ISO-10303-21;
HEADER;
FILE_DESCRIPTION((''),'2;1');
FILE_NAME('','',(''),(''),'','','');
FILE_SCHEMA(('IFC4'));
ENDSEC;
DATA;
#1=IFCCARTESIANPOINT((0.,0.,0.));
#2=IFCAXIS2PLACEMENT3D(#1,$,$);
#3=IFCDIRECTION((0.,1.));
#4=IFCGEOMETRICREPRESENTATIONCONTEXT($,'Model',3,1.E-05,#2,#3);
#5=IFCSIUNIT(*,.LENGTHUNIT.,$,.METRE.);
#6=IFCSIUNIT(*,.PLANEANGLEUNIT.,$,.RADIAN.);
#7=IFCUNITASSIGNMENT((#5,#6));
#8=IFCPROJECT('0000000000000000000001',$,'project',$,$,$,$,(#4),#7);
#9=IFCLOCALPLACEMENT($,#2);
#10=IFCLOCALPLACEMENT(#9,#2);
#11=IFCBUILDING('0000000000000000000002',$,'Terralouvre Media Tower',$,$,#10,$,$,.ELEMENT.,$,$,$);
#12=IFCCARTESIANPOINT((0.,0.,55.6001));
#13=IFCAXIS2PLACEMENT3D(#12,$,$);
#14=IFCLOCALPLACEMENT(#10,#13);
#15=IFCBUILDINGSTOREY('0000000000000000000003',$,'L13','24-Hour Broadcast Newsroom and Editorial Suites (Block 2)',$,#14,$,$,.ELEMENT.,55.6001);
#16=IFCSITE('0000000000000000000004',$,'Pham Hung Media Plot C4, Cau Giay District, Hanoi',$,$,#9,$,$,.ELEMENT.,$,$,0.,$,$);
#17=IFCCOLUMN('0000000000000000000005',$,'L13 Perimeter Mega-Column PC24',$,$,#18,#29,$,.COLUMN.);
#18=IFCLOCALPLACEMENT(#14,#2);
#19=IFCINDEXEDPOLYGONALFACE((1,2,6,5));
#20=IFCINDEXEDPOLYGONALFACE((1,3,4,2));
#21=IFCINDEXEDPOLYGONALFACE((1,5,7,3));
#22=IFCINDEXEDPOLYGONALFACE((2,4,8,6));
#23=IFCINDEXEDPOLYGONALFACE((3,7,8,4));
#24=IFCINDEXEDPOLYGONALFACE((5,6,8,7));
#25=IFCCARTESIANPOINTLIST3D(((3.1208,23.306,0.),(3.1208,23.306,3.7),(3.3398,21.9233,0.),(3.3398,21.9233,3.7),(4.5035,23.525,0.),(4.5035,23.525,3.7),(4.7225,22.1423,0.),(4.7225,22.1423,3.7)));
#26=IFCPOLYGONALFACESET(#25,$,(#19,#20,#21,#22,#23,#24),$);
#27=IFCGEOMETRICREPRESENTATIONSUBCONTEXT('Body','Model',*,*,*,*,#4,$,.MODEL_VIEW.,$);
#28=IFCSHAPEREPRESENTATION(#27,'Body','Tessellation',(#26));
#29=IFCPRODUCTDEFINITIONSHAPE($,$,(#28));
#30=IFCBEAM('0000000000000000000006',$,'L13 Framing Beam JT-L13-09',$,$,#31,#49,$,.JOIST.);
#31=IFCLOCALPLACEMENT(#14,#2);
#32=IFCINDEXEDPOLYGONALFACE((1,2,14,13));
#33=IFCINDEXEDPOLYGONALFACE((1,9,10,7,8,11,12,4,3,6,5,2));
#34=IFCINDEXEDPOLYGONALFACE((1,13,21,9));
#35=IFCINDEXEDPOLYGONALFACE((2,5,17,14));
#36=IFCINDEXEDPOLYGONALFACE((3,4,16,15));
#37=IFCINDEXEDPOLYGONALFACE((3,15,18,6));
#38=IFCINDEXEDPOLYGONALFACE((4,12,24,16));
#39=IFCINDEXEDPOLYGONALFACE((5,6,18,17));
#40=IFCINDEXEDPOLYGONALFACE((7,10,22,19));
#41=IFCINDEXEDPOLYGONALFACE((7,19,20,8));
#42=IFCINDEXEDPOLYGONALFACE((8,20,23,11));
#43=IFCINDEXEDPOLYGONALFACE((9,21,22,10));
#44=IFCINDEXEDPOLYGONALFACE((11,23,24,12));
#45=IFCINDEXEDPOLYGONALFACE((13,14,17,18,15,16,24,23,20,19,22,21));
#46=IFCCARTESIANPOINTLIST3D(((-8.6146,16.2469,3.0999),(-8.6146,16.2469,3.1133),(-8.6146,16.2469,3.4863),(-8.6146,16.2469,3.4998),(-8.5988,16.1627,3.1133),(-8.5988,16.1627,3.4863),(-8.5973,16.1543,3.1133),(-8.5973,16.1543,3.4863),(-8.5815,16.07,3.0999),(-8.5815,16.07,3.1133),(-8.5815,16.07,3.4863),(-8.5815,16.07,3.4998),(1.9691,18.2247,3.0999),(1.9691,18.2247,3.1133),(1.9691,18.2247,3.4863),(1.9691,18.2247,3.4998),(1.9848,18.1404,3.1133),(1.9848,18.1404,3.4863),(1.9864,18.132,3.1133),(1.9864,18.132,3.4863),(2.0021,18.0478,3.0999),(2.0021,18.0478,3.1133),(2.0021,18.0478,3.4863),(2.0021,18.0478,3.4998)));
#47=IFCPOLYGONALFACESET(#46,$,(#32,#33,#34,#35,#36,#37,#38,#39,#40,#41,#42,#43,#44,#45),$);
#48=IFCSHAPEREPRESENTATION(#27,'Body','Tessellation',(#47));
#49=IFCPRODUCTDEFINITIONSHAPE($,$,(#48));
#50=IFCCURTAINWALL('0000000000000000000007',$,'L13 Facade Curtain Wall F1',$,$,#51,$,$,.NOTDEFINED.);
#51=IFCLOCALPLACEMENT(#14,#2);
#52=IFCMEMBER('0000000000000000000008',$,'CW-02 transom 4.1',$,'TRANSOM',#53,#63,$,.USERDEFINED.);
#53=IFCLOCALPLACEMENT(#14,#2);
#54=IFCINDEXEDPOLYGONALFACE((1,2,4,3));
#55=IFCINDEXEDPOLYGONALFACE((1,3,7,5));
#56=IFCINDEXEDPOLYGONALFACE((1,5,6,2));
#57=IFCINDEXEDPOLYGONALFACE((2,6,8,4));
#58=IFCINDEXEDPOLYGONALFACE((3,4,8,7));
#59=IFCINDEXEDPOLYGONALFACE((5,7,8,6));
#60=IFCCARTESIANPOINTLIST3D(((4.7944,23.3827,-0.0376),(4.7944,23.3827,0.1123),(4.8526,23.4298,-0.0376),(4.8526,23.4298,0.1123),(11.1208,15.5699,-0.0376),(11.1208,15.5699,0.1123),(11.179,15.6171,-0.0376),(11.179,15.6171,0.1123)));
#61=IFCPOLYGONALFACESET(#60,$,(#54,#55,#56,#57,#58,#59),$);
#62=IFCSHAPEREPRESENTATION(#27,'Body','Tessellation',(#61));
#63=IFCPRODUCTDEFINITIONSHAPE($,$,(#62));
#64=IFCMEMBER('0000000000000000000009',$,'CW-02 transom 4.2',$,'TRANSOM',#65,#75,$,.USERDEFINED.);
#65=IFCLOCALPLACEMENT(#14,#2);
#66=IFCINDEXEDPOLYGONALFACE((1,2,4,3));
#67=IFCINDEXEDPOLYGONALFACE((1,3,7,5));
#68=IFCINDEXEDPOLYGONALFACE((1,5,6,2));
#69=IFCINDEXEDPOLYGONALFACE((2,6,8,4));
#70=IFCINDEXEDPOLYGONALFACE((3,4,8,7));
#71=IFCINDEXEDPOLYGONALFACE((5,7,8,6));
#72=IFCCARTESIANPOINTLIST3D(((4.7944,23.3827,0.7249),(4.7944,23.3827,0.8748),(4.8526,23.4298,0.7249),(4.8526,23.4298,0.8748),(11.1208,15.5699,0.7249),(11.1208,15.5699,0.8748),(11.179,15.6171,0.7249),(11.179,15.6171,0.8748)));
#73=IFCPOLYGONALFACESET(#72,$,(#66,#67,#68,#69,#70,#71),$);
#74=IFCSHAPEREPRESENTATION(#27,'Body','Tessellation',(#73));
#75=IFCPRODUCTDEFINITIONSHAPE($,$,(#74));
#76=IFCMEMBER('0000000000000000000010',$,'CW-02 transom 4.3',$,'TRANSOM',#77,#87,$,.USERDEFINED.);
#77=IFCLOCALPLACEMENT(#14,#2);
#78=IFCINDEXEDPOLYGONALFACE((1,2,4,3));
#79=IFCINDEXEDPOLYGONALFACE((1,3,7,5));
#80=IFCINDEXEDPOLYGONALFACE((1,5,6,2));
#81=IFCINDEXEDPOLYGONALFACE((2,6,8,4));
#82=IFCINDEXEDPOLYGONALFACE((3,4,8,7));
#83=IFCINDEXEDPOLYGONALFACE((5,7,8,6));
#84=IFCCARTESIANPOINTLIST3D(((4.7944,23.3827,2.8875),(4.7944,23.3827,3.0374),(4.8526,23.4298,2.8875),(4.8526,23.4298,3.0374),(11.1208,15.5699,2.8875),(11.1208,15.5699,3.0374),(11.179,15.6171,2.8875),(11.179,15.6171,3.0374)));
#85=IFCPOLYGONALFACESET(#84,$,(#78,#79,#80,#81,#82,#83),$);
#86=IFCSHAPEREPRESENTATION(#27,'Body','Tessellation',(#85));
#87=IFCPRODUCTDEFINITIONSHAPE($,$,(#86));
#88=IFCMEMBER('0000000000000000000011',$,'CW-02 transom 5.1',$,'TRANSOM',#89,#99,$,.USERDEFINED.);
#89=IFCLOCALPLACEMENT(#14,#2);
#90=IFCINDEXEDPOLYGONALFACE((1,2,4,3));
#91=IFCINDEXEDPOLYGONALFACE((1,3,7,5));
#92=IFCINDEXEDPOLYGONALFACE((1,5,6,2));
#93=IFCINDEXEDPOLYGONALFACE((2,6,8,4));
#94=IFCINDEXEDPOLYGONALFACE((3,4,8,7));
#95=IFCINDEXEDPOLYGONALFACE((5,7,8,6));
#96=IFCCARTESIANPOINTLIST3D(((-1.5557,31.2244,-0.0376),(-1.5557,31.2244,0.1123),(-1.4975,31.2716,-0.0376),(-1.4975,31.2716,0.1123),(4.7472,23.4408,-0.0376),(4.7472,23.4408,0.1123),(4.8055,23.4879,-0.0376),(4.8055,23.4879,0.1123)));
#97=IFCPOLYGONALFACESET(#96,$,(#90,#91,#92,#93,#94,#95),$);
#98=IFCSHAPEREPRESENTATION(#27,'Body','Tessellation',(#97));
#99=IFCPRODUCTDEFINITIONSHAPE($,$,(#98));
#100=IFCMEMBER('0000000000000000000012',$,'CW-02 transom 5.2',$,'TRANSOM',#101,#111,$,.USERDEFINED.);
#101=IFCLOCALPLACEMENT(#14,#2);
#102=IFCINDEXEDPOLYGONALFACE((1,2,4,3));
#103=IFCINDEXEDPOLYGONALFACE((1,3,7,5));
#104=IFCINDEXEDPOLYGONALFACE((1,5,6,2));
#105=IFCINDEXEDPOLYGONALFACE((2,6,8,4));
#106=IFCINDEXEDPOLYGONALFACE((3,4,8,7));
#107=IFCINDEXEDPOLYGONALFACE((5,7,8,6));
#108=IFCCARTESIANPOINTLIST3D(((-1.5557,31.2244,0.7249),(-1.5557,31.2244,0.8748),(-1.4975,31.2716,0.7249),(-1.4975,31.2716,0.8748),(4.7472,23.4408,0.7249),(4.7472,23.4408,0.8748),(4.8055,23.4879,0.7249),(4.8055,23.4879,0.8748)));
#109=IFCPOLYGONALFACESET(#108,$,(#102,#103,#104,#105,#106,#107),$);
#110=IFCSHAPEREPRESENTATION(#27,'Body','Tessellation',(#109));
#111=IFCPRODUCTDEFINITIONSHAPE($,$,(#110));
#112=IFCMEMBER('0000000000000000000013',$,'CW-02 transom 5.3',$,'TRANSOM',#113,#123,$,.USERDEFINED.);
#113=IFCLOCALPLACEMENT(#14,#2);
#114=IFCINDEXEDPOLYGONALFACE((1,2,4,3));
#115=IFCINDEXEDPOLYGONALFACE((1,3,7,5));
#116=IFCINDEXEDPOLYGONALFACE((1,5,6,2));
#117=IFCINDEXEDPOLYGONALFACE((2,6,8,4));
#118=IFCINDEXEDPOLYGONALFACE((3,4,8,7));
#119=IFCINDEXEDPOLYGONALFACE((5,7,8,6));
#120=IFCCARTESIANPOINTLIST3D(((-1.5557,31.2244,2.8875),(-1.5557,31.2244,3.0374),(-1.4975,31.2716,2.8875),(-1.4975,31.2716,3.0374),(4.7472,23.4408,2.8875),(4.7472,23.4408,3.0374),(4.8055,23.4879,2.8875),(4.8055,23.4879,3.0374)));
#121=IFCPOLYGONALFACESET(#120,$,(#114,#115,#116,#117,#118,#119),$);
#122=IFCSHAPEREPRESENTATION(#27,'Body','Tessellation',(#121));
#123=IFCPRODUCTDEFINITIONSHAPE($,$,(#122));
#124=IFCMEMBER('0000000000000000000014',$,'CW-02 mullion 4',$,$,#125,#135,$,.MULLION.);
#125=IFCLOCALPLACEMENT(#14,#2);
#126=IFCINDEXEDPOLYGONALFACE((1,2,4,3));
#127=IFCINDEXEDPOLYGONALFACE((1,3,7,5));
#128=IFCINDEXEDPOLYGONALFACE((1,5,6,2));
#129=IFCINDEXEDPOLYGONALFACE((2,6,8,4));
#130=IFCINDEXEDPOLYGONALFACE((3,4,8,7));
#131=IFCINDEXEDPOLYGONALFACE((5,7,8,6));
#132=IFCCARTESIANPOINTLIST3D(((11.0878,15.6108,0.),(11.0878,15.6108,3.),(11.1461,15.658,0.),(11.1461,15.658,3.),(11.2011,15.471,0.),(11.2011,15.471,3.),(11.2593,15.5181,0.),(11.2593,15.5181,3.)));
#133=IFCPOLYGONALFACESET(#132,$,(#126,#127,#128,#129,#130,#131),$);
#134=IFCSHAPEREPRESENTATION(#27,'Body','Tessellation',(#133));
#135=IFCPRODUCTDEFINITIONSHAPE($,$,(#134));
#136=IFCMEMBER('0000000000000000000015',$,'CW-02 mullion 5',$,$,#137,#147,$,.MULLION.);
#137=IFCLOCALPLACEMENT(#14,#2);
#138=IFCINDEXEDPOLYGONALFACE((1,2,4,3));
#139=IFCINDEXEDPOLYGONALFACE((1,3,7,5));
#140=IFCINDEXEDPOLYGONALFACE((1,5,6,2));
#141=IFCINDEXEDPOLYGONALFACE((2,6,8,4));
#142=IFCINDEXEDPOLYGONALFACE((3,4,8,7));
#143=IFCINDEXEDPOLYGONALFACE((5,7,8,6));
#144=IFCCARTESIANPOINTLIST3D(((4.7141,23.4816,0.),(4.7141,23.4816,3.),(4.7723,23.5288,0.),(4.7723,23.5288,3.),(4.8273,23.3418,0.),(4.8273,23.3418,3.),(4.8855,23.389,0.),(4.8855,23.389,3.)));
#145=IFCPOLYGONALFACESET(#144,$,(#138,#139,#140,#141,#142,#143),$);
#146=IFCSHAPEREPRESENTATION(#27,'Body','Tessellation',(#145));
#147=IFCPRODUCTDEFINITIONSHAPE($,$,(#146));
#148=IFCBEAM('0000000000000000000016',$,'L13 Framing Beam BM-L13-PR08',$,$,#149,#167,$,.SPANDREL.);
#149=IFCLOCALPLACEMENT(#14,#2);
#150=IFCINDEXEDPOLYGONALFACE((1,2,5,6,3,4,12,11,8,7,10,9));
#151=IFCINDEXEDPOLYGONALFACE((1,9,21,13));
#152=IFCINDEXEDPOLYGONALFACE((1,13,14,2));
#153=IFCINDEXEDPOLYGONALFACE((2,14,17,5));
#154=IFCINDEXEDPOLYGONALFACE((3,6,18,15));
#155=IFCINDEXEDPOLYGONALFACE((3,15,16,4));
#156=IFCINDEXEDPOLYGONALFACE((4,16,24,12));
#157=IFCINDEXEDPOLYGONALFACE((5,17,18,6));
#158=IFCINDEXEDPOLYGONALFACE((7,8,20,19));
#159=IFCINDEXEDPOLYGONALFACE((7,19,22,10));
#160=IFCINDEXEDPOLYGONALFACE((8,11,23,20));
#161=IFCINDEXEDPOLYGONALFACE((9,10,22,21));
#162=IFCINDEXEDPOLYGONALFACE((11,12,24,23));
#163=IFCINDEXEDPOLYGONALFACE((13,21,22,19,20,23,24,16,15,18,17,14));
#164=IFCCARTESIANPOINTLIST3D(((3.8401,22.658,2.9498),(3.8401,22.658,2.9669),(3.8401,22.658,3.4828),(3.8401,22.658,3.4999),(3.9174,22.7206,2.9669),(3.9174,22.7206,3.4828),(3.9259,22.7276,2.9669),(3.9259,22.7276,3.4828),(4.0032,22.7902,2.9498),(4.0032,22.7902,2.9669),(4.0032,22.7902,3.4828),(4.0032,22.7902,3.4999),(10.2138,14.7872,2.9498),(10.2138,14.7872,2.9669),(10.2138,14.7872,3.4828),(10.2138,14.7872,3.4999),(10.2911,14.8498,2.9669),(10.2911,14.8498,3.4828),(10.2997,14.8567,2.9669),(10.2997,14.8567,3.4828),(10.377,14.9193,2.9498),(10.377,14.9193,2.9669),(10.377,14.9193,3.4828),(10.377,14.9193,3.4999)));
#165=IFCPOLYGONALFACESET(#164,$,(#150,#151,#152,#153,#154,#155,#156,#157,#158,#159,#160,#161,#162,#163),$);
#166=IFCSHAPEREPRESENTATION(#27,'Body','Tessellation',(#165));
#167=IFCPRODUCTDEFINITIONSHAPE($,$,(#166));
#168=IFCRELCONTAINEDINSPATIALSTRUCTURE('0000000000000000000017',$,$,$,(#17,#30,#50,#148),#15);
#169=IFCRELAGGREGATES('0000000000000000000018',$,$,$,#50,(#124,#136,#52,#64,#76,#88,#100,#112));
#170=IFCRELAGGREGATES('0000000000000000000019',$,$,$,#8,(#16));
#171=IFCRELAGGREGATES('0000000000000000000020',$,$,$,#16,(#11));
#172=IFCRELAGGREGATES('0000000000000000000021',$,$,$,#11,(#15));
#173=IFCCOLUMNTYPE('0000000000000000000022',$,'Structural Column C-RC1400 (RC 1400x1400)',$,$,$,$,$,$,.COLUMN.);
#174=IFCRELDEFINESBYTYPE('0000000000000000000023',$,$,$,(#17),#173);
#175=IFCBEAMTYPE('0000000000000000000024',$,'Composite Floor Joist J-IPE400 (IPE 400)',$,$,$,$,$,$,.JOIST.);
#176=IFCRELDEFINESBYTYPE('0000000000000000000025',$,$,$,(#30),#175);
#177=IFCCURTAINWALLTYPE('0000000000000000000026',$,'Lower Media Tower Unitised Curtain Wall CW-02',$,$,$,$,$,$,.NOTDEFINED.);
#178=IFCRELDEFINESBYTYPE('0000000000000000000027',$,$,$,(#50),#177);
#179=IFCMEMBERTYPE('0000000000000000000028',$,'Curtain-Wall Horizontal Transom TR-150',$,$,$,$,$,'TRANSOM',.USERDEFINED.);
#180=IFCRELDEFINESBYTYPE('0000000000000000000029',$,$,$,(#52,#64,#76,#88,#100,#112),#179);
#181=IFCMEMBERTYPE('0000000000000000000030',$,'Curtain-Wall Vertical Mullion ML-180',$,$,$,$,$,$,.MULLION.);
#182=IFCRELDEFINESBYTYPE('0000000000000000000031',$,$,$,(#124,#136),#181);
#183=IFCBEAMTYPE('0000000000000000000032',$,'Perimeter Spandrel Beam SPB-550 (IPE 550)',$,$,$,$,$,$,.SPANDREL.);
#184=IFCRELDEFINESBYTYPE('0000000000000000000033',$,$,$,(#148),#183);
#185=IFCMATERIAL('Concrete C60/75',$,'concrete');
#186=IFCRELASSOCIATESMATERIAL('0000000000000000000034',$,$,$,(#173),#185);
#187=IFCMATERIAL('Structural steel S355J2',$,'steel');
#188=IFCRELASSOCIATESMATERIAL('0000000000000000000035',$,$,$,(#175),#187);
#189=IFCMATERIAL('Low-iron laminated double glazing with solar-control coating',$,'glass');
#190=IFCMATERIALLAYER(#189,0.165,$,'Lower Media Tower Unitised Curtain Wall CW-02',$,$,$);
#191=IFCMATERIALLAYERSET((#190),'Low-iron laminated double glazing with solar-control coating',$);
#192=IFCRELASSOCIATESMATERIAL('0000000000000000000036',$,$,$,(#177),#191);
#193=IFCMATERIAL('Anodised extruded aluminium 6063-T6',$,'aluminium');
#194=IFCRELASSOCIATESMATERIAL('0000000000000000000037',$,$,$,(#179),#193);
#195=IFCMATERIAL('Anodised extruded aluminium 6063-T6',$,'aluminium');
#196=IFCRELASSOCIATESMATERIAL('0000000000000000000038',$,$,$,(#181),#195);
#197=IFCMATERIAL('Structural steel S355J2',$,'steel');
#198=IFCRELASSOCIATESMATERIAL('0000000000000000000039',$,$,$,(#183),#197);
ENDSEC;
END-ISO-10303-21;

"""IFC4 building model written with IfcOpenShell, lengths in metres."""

from ifc_helpers import new_model, si_unit, direction, frame, origin, origin_2d, place, context, subcontext, project, spatial, rectangle, i_section, extrude, material, layer, layer_set, material_profile, profile_set, type_object, element, aggregate, save


model = new_model("IFC4")

# Units and contexts
model_context = context("Model", 3, precision=1e-05, world=origin(), true_north=direction((0.0, 1.0)))
body_context = subcontext(model_context, "Body", "Model", "MODEL_VIEW")
ifc_project = project(units=[si_unit("LENGTHUNIT", "METRE"), si_unit("PLANEANGLEUNIT", "RADIAN")], contexts=[model_context])

# Site, building, storey
site_placement = place(None, origin())
site = spatial("IfcSite", under=ifc_project, at=site_placement, Name="Pham Hung Media Plot C4, Cau Giay District, Hanoi", CompositionType="ELEMENT", RefElevation=0.0)
building_placement = place(site_placement, origin())
building = spatial("IfcBuilding", under=site, at=building_placement, Name="Terralouvre Media Tower", CompositionType="ELEMENT")
storey_placement = place(building_placement, frame((0.0, 0.0, 55.6001)))
storey = spatial("IfcBuildingStorey", under=building, at=storey_placement, Name="L13", Description="24-Hour Broadcast Newsroom and Editorial Suites (Block 2)", CompositionType="ELEMENT", Elevation=55.6001)

# Column
ifc_material_1 = material(Name="Concrete C60/75", Category="concrete")
ifc_material_profile_1 = material_profile(ifc_material_1, rectangle(XDim=1.3999, YDim=1.3999, at=origin_2d()), Name="RC 1400x1400")
ifc_profile_set_1 = profile_set([ifc_material_profile_1], Name="Concrete C60/75")
column_type = type_object("IfcColumnType", Name="Structural Column C-RC1400 (RC 1400x1400)", PredefinedType="COLUMN", material=ifc_profile_set_1)
column_placement = place(storey_placement, frame((3.9216, 22.7241, 0.0), z_axis=(0.0, 0.0, 1.0), x_axis=(0.987688, 0.156434, 0.0)))
element("IfcColumn", 1, at=column_placement, inside=storey, type_object=column_type, Name="L13 Perimeter Mega-Column PC24", PredefinedType="COLUMN", context=body_context, shape_type="SweptSolid", body=[
    extrude(rectangle(XDim=1.3999, YDim=1.3999, at=origin_2d()), origin(), (0.0, 0.0, 1.0), 3.7),
])

# Beam
ifc_material_2 = material(Name="Structural steel S355J2", Category="steel")
ifc_material_profile_2 = material_profile(ifc_material_2, i_section(OverallWidth=0.1799, OverallDepth=0.3999, WebThickness=0.0085, FlangeThickness=0.0134, at=origin_2d()), Name="IPE 400")
ifc_profile_set_2 = profile_set([ifc_material_profile_2], Name="Structural steel S355J2")
beam_type_1 = type_object("IfcBeamType", Name="Composite Floor Joist J-IPE400 (IPE 400)", PredefinedType="JOIST", material=ifc_profile_set_2)
beam_1_placement = place(storey_placement, frame((1.9856, 18.1362, 3.2998), z_axis=(-0.982984, -0.18369, 0.0), x_axis=(0.18369, -0.982984, 0.0)))
element("IfcBeam", 2, at=beam_1_placement, inside=storey, type_object=beam_type_1, Name="L13 Framing Beam JT-L13-09", PredefinedType="JOIST", context=body_context, shape_type="SweptSolid", body=[
    extrude(i_section(OverallWidth=0.1799, OverallDepth=0.3999, WebThickness=0.0085, FlangeThickness=0.0134, at=origin_2d()), origin(), (0.0, 0.0, 1.0), 10.7668),
])

# Curtain wall, members
ifc_material_3 = material(Name="Low-iron laminated double glazing with solar-control coating", Category="glass")
ifc_layer_1 = layer(ifc_material_3, 0.165, Name="Lower Media Tower Unitised Curtain Wall CW-02")
ifc_layer_set_1 = layer_set([ifc_layer_1], Name="Low-iron laminated double glazing with solar-control coating")
curtain_wall_type = type_object("IfcCurtainWallType", Name="Lower Media Tower Unitised Curtain Wall CW-02", PredefinedType="NOTDEFINED", material=ifc_layer_set_1)
curtain_wall_placement = place(storey_placement, origin())
curtain_wall = element("IfcCurtainWall", 3, at=curtain_wall_placement, inside=storey, type_object=curtain_wall_type, Name="L13 Facade Curtain Wall F1", PredefinedType="NOTDEFINED")
ifc_material_4 = material(Name="Anodised extruded aluminium 6063-T6", Category="aluminium")
ifc_material_profile_3 = material_profile(ifc_material_4, rectangle(XDim=0.075, YDim=0.1499, at=origin_2d()), Name="ALU 75x150")
ifc_profile_set_3 = profile_set([ifc_material_profile_3], Name="Anodised extruded aluminium 6063-T6")
member_type_1 = type_object("IfcMemberType", Name="Curtain-Wall Horizontal Transom TR-150", ElementType="TRANSOM", PredefinedType="USERDEFINED", material=ifc_profile_set_3)
member_1_placement = place(storey_placement, frame((11.1499, 15.5935, 0.0374), z_axis=(-0.629307, 0.777157, 0.0), x_axis=(-0.777157, -0.629307, 0.0)))
member_1 = element("IfcMember", 4, at=member_1_placement, type_object=member_type_1, Name="CW-02 transom 4.1", ObjectType="TRANSOM", PredefinedType="USERDEFINED", context=body_context, shape_type="SweptSolid", body=[
    extrude(rectangle(XDim=0.075, YDim=0.1499, at=origin_2d()), origin(), (0.0, 0.0, 1.0), 10.053),
])
member_2_placement = place(storey_placement, frame((11.1499, 15.5935, 0.7998), z_axis=(-0.629307, 0.777157, 0.0), x_axis=(-0.777157, -0.629307, 0.0)))
member_2 = element("IfcMember", 5, at=member_2_placement, type_object=member_type_1, Name="CW-02 transom 4.2", ObjectType="TRANSOM", PredefinedType="USERDEFINED", context=body_context, shape_type="SweptSolid", body=[
    extrude(rectangle(XDim=0.075, YDim=0.1499, at=origin_2d()), origin(), (0.0, 0.0, 1.0), 10.053),
])
member_3_placement = place(storey_placement, frame((11.1499, 15.5935, 2.9624), z_axis=(-0.629307, 0.777157, 0.0), x_axis=(-0.777157, -0.629307, 0.0)))
member_3 = element("IfcMember", 6, at=member_3_placement, type_object=member_type_1, Name="CW-02 transom 4.3", ObjectType="TRANSOM", PredefinedType="USERDEFINED", context=body_context, shape_type="SweptSolid", body=[
    extrude(rectangle(XDim=0.075, YDim=0.1499, at=origin_2d()), origin(), (0.0, 0.0, 1.0), 10.053),
])
member_4_placement = place(storey_placement, frame((4.7764, 23.4644, 0.0374), z_axis=(-0.629313, 0.777152, 0.0), x_axis=(-0.777152, -0.629313, 0.0)))
member_4 = element("IfcMember", 7, at=member_4_placement, type_object=member_type_1, Name="CW-02 transom 5.1", ObjectType="TRANSOM", PredefinedType="USERDEFINED", context=body_context, shape_type="SweptSolid", body=[
    extrude(rectangle(XDim=0.075, YDim=0.1499, at=origin_2d()), origin(), (0.0, 0.0, 1.0), 10.0156),
])
member_5_placement = place(storey_placement, frame((4.7764, 23.4644, 0.7998), z_axis=(-0.629313, 0.777152, 0.0), x_axis=(-0.777152, -0.629313, 0.0)))
member_5 = element("IfcMember", 8, at=member_5_placement, type_object=member_type_1, Name="CW-02 transom 5.2", ObjectType="TRANSOM", PredefinedType="USERDEFINED", context=body_context, shape_type="SweptSolid", body=[
    extrude(rectangle(XDim=0.075, YDim=0.1499, at=origin_2d()), origin(), (0.0, 0.0, 1.0), 10.0156),
])
member_6_placement = place(storey_placement, frame((4.7764, 23.4644, 2.9624), z_axis=(-0.629313, 0.777152, 0.0), x_axis=(-0.777152, -0.629313, 0.0)))
member_6 = element("IfcMember", 9, at=member_6_placement, type_object=member_type_1, Name="CW-02 transom 5.3", ObjectType="TRANSOM", PredefinedType="USERDEFINED", context=body_context, shape_type="SweptSolid", body=[
    extrude(rectangle(XDim=0.075, YDim=0.1499, at=origin_2d()), origin(), (0.0, 0.0, 1.0), 10.0156),
])
ifc_material_5 = material(Name="Anodised extruded aluminium 6063-T6", Category="aluminium")
ifc_material_profile_4 = material_profile(ifc_material_5, rectangle(XDim=0.075, YDim=0.1799, at=origin_2d()), Name="ALU 75x180")
ifc_profile_set_4 = profile_set([ifc_material_profile_4], Name="Anodised extruded aluminium 6063-T6")
member_type_2 = type_object("IfcMemberType", Name="Curtain-Wall Vertical Mullion ML-180", PredefinedType="MULLION", material=ifc_profile_set_4)
member_7_placement = place(storey_placement, frame((11.1736, 15.5645, 0.0), z_axis=(0.0, 0.0, 1.0), x_axis=(-0.777146, -0.62932, 0.0)))
member_7 = element("IfcMember", 10, at=member_7_placement, type_object=member_type_2, Name="CW-02 mullion 4", PredefinedType="MULLION", context=body_context, shape_type="SweptSolid", body=[
    extrude(rectangle(XDim=0.075, YDim=0.1799, at=origin_2d()), origin(), (0.0, 0.0, 1.0), 3.0),
])
member_8_placement = place(storey_placement, frame((4.7998, 23.4353, 0.0), z_axis=(0.0, 0.0, 1.0), x_axis=(-0.777146, -0.62932, 0.0)))
member_8 = element("IfcMember", 11, at=member_8_placement, type_object=member_type_2, Name="CW-02 mullion 5", PredefinedType="MULLION", context=body_context, shape_type="SweptSolid", body=[
    extrude(rectangle(XDim=0.075, YDim=0.1799, at=origin_2d()), origin(), (0.0, 0.0, 1.0), 3.0),
])

# Beam
ifc_material_6 = material(Name="Structural steel S355J2", Category="steel")
ifc_material_profile_5 = material_profile(ifc_material_6, i_section(OverallWidth=0.21, OverallDepth=0.55, WebThickness=0.011, FlangeThickness=0.0171, at=origin_2d()), Name="IPE 550")
ifc_profile_set_5 = profile_set([ifc_material_profile_5], Name="Structural steel S355J2")
beam_type_2 = type_object("IfcBeamType", Name="Perimeter Spandrel Beam SPB-550 (IPE 550)", PredefinedType="SPANDREL", material=ifc_profile_set_5)
beam_2_placement = place(storey_placement, frame((10.2954, 14.8533, 3.2249), z_axis=(-0.629326, 0.777142, 0.0), x_axis=(-0.777142, -0.629326, 0.0)))
element("IfcBeam", 12, at=beam_2_placement, inside=storey, type_object=beam_type_2, Name="L13 Framing Beam BM-L13-PR08", PredefinedType="SPANDREL", context=body_context, shape_type="SweptSolid", body=[
    extrude(i_section(OverallWidth=0.21, OverallDepth=0.55, WebThickness=0.011, FlangeThickness=0.0171, at=origin_2d()), origin(), (0.0, 0.0, 1.0), 10.1279),
])

aggregate(curtain_wall, [member_7, member_8, member_1, member_2, member_3, member_4, member_5, member_6])

save(model, "model.ifc")
